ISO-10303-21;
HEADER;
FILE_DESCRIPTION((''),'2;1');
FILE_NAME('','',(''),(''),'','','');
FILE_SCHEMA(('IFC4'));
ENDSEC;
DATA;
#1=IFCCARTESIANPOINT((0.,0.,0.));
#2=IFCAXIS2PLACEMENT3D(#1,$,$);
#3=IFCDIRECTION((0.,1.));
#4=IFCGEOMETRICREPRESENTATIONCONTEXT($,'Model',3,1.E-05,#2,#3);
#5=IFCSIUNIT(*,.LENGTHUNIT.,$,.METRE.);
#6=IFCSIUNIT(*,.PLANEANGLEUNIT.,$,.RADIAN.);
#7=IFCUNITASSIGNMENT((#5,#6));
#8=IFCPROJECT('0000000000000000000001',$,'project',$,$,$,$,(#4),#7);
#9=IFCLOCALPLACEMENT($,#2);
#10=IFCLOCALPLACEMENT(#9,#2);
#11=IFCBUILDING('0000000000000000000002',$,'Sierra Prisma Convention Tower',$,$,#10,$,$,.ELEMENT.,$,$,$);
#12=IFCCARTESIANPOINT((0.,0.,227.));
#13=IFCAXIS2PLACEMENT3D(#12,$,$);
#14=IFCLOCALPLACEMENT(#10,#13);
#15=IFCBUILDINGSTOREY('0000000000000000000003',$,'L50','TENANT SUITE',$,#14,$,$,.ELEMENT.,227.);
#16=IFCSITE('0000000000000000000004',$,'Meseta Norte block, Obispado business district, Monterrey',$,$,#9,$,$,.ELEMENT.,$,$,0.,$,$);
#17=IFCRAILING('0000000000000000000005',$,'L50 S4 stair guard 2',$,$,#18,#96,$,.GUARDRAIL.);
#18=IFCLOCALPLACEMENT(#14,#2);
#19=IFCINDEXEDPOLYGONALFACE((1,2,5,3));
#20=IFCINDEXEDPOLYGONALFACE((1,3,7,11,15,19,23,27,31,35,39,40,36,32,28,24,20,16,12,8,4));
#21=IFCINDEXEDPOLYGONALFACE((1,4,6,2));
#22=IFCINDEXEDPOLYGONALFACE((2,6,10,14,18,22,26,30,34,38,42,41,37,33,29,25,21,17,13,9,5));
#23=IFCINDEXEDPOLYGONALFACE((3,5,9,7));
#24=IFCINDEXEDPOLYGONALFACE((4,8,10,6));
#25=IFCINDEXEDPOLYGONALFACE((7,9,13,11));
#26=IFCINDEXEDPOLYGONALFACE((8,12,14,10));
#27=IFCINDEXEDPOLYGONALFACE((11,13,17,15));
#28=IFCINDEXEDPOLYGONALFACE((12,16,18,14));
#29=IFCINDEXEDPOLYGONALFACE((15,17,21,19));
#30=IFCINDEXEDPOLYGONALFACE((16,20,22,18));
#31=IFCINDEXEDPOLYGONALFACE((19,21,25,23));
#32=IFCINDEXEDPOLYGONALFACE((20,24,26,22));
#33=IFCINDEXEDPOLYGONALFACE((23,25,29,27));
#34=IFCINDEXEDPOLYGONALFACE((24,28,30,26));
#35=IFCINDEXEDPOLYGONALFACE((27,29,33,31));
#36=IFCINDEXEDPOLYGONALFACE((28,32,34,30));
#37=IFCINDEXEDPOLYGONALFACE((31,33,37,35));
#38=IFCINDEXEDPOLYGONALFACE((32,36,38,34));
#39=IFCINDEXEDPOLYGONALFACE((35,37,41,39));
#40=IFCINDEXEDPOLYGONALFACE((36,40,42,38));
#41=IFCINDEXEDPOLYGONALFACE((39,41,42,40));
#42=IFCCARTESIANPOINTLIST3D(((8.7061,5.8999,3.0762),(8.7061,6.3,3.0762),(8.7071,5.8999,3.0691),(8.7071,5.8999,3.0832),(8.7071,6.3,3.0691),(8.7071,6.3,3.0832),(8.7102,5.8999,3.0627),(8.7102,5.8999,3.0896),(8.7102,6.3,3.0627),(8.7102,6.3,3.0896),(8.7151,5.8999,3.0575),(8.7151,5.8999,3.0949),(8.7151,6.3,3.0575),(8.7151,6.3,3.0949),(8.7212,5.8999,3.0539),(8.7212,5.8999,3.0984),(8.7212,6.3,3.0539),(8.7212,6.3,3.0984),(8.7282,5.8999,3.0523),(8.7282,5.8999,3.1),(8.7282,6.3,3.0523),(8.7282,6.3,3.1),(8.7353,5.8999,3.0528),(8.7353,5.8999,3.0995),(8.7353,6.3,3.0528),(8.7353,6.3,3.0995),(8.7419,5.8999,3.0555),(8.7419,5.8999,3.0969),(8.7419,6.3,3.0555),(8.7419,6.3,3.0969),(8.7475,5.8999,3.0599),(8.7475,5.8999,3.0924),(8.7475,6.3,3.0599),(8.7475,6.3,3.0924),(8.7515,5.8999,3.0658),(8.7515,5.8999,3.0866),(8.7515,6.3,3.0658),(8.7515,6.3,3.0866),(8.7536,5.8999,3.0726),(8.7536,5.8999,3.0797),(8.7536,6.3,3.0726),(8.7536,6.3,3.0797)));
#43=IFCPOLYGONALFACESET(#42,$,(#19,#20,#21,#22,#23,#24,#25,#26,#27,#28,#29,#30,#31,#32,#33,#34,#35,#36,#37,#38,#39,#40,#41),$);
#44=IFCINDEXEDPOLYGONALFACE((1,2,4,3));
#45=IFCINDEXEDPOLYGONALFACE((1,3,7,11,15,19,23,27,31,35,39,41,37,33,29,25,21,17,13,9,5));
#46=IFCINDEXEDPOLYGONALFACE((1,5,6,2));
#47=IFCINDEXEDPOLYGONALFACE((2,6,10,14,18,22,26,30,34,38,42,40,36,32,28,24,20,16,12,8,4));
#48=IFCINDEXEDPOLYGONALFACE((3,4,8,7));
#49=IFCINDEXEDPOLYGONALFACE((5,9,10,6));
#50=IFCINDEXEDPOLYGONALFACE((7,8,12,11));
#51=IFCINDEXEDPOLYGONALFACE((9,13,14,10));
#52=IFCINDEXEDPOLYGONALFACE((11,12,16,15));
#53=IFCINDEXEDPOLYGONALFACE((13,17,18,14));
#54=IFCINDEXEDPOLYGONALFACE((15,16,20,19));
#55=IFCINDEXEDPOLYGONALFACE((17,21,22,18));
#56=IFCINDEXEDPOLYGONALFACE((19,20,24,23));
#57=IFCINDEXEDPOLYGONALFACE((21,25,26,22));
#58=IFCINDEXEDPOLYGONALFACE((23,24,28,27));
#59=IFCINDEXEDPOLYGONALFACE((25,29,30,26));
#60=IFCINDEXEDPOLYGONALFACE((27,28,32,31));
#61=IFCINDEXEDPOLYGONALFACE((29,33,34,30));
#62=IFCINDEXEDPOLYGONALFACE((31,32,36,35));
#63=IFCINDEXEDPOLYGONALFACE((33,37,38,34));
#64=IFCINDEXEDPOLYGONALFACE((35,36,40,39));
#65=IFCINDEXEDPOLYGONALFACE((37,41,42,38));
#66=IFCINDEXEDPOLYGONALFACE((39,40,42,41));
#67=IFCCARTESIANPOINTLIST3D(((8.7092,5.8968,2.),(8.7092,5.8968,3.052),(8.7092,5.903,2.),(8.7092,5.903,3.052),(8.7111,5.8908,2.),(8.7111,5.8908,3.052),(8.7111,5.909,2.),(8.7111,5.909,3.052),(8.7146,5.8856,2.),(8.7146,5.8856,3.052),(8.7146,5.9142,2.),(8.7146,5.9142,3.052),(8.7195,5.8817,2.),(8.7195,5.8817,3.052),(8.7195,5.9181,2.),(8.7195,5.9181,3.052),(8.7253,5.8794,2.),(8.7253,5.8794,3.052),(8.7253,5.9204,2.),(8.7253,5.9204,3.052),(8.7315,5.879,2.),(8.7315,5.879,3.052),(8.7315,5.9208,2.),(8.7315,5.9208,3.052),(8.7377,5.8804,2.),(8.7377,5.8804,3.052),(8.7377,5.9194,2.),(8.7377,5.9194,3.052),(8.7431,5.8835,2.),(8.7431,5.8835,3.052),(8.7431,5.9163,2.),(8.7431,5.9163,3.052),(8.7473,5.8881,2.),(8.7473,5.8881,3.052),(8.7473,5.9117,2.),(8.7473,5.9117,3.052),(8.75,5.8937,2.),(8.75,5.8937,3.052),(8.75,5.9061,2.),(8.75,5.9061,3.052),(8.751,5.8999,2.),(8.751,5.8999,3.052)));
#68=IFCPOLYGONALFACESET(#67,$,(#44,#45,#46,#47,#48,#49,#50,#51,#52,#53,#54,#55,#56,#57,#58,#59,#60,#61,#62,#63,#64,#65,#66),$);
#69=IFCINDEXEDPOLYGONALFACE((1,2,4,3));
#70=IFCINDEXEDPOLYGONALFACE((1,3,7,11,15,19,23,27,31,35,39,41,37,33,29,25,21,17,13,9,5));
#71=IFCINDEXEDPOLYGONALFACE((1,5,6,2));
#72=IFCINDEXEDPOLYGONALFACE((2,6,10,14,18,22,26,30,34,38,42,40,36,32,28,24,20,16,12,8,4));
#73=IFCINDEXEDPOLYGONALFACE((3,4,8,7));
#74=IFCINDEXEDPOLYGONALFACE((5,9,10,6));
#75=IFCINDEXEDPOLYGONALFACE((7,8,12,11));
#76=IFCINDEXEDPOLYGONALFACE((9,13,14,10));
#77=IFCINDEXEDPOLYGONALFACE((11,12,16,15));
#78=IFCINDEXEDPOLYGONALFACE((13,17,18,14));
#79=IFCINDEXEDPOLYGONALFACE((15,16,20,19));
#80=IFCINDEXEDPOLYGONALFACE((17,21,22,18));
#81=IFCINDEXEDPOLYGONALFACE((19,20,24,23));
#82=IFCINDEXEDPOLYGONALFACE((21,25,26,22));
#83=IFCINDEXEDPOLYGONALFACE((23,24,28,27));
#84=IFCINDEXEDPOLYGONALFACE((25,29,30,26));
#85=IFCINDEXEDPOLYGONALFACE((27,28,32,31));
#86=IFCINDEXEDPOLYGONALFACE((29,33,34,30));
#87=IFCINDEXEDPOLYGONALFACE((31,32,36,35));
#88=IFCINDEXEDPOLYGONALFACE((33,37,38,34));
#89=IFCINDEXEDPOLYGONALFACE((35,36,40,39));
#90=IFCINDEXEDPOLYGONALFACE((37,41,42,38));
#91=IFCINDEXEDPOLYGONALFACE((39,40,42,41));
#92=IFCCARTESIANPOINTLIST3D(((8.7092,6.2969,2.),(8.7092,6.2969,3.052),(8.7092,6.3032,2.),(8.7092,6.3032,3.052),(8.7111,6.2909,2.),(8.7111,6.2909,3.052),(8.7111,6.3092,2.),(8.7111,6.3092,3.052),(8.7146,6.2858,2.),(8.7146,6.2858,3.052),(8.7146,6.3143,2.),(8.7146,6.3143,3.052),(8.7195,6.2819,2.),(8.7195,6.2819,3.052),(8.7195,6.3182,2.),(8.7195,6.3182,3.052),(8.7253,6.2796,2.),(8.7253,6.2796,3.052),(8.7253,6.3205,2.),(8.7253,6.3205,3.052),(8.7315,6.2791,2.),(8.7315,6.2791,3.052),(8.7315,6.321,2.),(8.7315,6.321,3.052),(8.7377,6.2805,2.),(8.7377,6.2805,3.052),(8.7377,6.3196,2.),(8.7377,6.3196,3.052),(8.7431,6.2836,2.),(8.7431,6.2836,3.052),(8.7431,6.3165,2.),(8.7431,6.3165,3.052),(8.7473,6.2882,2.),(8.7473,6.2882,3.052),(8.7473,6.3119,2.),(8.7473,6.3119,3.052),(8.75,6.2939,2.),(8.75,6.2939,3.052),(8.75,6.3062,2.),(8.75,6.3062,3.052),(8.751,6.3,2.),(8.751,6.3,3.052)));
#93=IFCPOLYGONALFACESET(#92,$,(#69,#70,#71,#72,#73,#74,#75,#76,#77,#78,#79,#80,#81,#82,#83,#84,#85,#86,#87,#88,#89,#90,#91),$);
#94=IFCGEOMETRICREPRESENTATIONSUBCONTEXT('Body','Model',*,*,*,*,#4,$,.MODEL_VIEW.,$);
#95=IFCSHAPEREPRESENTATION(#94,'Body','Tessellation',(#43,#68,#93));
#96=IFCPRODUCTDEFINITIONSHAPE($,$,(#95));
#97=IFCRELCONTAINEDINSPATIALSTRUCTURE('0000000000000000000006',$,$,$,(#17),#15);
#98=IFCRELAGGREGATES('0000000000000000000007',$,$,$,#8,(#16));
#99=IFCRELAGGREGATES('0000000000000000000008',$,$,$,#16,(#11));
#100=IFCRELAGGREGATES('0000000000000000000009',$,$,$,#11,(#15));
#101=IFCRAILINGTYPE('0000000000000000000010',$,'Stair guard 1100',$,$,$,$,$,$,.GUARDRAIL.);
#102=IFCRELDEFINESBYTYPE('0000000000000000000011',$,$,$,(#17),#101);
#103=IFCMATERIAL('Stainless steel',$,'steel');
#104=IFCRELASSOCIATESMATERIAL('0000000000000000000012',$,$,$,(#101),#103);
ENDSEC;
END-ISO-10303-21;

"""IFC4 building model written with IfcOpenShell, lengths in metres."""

from ifc_helpers import new_model, si_unit, direction, frame, origin, origin_2d, place, context, subcontext, project, spatial, circle, extrude, material, type_object, element, save


model = new_model("IFC4")

# Units and contexts
model_context = context("Model", 3, precision=1e-05, world=origin(), true_north=direction((0.0, 1.0)))
body_context = subcontext(model_context, "Body", "Model", "MODEL_VIEW")
ifc_project = project(units=[si_unit("LENGTHUNIT", "METRE"), si_unit("PLANEANGLEUNIT", "RADIAN")], contexts=[model_context])

# Site, building, storey
site_placement = place(None, origin())
site = spatial("IfcSite", under=ifc_project, at=site_placement, Name="Meseta Norte block, Obispado business district, Monterrey", CompositionType="ELEMENT", RefElevation=0.0)
building_placement = place(site_placement, origin())
building = spatial("IfcBuilding", under=site, at=building_placement, Name="Sierra Prisma Convention Tower", CompositionType="ELEMENT")
storey_placement = place(building_placement, frame((0.0, 0.0, 227.0)))
storey = spatial("IfcBuildingStorey", under=building, at=storey_placement, Name="L50", Description="TENANT SUITE", CompositionType="ELEMENT", Elevation=227.0)

# Railing
ifc_material_1 = material(Name="Stainless steel", Category="steel")
railing_type_1 = type_object("IfcRailingType", Name="Stair guard 1100", PredefinedType="GUARDRAIL", material=ifc_material_1)
railing_1_placement = place(storey_placement, frame((8.73, 5.8999, 2.0)))
element("IfcRailing", 1, at=railing_1_placement, inside=storey, type_object=railing_type_1, Name="L50 S4 stair guard 2", PredefinedType="GUARDRAIL", context=body_context, shape_type="SweptSolid", body=[
    extrude(circle(Radius=0.0239, at=origin_2d()), frame((0.0, 0.0, 1.0762), z_axis=(0.0, 1.0, 0.0), x_axis=(-1.0, 0.0, 0.0)), (0.0, 0.0, 1.0), 0.4001),
    extrude(circle(Radius=0.021, at=origin_2d()), origin(), (0.0, 0.0, 1.0), 1.052),
    extrude(circle(Radius=0.021, at=origin_2d()), frame((0.0, 0.4001, 0.0)), (0.0, 0.0, 1.0), 1.052),
])

save(model, "model.ifc")
